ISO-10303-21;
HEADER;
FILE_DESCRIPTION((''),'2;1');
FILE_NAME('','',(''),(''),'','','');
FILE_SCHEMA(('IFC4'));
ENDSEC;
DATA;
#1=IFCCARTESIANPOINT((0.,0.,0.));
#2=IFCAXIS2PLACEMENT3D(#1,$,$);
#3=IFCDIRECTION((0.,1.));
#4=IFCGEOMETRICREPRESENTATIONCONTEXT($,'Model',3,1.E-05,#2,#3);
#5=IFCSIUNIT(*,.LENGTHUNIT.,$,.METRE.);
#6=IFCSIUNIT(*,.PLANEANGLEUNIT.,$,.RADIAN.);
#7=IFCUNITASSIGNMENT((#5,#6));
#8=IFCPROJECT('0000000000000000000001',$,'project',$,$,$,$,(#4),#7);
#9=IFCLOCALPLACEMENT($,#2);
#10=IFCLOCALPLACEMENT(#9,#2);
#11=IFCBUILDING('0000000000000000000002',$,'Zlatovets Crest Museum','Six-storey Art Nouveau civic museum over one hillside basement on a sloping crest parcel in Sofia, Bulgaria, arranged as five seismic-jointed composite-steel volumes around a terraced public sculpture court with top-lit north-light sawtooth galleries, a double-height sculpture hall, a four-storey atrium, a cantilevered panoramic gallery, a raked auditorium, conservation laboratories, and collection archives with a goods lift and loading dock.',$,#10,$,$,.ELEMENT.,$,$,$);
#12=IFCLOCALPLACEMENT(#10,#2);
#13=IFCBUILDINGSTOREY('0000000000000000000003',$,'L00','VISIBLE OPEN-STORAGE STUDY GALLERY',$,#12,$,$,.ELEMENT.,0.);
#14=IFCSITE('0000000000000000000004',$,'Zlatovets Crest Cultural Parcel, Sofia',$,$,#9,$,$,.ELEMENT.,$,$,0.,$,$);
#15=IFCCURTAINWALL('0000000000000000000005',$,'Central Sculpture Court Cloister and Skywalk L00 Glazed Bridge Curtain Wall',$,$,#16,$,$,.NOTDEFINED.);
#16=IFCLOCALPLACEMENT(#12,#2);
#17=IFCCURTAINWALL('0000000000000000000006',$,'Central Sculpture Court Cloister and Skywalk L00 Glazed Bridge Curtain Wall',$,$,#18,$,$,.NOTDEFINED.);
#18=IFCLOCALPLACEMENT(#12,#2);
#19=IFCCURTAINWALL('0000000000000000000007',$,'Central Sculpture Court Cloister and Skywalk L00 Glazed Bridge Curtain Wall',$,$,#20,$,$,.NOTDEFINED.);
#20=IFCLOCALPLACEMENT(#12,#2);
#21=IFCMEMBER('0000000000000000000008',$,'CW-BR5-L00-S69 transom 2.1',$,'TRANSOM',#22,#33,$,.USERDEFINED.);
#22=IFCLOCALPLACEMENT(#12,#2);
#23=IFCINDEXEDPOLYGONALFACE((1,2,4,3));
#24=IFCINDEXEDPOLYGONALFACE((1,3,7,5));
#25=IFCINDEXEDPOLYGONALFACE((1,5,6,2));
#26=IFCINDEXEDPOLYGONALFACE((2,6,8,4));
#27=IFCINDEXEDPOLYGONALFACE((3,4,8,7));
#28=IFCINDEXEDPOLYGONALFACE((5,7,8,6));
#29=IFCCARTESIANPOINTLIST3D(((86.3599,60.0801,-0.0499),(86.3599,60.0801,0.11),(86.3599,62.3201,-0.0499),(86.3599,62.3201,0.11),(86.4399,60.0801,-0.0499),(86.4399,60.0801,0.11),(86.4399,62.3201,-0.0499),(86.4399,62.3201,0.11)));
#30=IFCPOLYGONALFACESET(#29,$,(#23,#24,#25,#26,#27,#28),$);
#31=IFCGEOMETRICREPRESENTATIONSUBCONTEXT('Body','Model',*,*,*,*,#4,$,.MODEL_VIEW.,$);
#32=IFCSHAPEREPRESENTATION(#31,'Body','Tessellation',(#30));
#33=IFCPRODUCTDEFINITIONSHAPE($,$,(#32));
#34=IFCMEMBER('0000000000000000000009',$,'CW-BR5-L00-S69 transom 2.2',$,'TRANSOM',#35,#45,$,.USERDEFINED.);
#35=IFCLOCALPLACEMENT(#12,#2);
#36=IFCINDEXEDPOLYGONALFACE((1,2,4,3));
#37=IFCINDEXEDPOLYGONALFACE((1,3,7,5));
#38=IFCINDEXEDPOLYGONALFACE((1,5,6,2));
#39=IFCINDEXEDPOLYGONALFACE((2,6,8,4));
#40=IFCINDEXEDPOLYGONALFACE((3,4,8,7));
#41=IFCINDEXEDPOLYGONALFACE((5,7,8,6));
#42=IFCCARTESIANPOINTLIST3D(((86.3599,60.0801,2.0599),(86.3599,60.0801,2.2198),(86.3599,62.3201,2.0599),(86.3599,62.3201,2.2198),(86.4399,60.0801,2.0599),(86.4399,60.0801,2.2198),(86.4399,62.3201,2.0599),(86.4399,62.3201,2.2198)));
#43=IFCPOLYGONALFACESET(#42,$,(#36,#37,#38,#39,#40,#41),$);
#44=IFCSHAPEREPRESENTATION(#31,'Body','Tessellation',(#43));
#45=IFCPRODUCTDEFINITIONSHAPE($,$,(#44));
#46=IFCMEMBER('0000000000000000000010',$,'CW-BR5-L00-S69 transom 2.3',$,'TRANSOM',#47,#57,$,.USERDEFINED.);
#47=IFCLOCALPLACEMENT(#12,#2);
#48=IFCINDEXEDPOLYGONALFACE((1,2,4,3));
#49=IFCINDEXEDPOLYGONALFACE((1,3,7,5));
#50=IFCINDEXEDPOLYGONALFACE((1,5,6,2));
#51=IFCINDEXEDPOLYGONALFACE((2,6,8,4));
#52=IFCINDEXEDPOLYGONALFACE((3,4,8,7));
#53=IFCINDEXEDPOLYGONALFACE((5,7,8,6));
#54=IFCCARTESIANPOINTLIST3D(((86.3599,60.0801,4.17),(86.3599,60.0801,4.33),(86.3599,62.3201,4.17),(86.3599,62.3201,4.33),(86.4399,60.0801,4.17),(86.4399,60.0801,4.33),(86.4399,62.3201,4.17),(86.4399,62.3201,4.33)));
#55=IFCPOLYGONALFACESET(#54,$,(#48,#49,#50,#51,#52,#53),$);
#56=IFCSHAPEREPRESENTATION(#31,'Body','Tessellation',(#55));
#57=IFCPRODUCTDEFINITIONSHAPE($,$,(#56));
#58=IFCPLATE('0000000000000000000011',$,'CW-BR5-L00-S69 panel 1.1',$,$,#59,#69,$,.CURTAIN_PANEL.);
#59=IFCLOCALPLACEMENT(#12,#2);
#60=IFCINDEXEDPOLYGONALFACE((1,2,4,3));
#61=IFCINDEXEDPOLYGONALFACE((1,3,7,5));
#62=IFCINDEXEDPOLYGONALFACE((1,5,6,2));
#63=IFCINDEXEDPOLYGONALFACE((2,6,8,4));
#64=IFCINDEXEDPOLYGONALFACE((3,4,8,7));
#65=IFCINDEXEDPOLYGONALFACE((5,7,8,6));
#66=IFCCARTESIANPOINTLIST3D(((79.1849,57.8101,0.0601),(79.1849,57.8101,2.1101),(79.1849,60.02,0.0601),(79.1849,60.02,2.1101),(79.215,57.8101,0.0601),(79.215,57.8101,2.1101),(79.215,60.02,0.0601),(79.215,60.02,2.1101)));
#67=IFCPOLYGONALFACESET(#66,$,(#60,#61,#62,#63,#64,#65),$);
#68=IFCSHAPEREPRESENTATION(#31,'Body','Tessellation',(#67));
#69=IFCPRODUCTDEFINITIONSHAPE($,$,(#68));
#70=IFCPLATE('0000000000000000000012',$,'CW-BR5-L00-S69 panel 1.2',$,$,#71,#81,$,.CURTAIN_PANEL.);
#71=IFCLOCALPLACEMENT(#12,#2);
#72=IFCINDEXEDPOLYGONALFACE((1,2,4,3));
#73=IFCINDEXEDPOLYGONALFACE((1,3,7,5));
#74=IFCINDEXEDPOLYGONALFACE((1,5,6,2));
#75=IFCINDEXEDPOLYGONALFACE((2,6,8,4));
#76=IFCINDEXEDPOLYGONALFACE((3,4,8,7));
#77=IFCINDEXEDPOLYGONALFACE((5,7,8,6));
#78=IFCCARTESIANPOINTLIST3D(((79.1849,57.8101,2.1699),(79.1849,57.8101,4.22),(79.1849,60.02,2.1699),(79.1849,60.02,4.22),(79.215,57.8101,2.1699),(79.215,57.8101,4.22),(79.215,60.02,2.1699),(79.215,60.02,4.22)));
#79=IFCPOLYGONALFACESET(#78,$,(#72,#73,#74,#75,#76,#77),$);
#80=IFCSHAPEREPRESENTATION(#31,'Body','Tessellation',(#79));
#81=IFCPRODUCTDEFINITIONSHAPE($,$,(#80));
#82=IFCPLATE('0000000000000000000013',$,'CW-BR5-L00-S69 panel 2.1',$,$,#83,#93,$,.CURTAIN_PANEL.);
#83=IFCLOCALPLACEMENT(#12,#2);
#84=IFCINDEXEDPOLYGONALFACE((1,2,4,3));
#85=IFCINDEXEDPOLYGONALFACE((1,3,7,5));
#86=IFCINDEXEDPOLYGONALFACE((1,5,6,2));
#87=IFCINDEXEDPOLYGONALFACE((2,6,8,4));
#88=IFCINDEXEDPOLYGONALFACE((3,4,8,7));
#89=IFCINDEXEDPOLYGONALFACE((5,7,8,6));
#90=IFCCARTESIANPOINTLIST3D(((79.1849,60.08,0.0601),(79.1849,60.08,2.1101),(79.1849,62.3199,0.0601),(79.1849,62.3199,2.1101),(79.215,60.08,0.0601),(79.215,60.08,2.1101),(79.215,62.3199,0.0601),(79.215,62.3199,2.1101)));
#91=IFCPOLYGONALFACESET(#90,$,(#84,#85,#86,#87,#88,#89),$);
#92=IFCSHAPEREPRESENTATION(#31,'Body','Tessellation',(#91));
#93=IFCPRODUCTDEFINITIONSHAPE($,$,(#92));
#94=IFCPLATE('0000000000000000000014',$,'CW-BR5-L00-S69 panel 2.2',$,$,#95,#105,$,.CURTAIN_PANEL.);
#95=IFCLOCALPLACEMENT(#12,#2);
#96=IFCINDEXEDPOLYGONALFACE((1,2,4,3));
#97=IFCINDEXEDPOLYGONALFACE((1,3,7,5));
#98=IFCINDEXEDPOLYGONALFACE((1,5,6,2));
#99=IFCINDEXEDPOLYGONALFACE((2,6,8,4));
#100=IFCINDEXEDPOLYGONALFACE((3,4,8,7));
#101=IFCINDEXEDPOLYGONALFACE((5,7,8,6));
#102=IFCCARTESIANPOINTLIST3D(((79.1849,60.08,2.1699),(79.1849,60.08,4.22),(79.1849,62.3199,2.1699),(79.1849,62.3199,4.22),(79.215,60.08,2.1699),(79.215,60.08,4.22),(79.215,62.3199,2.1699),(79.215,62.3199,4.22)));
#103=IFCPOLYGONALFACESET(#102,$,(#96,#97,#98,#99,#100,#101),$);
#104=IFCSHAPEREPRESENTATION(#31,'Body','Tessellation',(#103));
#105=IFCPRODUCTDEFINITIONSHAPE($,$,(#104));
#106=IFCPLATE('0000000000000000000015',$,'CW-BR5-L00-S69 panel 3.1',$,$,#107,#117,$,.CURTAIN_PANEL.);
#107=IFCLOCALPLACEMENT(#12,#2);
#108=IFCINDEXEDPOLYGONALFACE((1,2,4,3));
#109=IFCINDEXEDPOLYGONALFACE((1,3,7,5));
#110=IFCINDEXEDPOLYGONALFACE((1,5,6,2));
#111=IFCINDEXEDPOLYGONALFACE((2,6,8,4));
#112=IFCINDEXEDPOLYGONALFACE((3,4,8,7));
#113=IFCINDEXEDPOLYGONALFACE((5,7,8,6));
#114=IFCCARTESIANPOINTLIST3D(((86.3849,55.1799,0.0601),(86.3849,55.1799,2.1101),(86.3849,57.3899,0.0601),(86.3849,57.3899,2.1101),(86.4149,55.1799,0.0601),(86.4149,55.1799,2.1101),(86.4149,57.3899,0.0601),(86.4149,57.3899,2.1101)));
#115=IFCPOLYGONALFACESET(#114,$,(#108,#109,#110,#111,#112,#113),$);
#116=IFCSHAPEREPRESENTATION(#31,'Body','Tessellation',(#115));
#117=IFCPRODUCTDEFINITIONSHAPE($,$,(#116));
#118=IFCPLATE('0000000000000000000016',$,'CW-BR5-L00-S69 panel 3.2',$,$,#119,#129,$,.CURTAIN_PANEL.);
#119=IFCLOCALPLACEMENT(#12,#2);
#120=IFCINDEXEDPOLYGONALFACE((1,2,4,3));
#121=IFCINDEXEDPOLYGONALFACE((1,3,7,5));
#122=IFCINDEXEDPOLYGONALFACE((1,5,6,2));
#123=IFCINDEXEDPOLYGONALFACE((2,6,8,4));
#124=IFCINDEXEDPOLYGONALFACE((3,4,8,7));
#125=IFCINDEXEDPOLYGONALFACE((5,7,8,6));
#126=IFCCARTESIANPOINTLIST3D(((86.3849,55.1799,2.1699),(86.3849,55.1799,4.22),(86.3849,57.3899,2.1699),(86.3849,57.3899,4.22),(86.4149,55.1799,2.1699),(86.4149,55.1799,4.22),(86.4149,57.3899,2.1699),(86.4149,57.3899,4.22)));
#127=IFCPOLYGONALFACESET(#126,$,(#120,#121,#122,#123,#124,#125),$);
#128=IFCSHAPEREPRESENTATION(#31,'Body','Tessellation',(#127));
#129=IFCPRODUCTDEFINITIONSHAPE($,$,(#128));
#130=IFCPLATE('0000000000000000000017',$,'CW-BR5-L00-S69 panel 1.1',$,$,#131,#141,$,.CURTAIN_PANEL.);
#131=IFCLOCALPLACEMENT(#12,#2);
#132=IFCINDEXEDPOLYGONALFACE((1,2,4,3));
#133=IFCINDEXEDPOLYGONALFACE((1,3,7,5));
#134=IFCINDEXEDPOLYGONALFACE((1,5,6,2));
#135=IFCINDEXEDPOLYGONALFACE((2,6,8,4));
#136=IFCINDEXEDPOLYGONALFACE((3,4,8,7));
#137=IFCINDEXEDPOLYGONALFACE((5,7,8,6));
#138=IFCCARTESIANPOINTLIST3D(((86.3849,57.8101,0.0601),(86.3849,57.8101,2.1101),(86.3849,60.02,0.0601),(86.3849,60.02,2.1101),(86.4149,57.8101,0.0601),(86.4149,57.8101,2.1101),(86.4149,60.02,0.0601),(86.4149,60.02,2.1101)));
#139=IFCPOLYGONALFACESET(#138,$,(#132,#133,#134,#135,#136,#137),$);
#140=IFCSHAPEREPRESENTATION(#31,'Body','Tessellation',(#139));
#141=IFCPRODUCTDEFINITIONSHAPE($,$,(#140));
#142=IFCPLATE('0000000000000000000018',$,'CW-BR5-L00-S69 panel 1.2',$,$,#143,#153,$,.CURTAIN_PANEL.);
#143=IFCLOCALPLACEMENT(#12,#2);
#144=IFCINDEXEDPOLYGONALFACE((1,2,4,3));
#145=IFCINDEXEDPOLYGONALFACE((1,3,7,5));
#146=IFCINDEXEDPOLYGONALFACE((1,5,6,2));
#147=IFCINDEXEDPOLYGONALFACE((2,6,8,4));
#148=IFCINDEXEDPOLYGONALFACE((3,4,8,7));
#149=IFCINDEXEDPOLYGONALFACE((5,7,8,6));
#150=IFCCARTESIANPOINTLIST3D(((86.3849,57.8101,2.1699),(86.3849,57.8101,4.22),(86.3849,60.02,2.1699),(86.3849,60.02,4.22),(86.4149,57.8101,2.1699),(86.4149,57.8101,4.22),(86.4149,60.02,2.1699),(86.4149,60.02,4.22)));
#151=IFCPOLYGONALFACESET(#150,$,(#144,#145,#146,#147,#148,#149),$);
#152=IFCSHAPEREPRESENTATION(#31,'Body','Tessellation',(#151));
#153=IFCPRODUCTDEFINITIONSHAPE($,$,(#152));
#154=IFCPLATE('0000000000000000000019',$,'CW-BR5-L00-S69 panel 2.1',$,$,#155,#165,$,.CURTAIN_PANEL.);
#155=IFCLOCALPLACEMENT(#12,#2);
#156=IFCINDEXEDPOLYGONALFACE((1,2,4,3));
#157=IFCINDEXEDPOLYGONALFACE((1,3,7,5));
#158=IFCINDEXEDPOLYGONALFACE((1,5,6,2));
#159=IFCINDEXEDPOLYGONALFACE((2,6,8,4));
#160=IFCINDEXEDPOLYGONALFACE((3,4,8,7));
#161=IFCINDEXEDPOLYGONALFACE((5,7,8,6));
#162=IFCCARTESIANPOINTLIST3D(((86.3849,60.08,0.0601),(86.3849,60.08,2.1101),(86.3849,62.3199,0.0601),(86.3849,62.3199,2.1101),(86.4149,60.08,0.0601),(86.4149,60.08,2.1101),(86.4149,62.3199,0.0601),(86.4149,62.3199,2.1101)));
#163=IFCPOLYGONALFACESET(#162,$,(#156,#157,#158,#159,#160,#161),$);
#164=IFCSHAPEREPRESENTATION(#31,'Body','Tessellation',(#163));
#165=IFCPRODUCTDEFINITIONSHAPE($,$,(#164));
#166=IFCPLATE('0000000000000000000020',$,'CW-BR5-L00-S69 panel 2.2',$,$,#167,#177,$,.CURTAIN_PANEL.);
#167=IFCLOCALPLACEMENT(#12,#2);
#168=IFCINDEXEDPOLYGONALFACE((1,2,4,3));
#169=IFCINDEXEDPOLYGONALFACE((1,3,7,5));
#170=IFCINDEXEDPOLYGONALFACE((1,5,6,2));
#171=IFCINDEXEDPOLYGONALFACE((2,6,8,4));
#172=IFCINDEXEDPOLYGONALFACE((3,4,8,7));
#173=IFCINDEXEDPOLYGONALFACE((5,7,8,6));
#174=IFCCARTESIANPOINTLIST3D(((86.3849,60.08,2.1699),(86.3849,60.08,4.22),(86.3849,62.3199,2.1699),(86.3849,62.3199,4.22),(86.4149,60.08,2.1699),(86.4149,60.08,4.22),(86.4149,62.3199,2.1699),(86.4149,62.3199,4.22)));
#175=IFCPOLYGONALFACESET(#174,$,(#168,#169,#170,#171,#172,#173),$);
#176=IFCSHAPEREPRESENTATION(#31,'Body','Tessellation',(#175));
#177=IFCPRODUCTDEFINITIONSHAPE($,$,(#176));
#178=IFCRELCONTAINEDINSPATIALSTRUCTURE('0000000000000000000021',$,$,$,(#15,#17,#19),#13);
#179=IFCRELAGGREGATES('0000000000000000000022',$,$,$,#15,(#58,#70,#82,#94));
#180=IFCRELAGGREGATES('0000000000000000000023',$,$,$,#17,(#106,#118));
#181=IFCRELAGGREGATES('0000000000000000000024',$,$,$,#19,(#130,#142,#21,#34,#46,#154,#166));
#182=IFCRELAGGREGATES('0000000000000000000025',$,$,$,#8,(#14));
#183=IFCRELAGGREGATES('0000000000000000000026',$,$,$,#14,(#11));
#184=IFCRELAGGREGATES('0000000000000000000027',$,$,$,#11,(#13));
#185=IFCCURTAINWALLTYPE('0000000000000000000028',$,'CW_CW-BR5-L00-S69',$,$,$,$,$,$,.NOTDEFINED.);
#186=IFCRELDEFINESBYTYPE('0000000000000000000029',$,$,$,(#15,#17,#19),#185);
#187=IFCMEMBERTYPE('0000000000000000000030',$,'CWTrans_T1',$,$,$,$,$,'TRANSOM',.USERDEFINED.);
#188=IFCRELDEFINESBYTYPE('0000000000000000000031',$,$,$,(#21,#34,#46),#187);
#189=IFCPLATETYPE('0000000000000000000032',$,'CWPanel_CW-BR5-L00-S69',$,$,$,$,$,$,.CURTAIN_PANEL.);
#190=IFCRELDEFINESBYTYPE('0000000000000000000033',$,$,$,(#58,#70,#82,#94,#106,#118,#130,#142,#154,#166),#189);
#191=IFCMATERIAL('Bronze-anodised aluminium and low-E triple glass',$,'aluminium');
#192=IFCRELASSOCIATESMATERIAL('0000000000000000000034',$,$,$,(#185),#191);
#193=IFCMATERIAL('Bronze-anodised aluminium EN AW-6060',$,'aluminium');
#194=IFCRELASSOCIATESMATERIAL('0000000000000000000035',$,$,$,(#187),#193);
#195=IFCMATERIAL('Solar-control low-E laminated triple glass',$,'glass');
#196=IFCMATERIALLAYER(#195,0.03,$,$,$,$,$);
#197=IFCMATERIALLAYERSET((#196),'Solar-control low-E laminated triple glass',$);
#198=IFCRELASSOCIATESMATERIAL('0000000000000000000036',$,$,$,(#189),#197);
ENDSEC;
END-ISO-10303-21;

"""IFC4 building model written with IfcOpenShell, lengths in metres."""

from ifc_helpers import new_model, si_unit, direction, frame, origin, origin_2d, place, context, subcontext, project, spatial, rectangle, extrude, material, layer, layer_set, material_profile, profile_set, type_object, element, aggregate, save


model = new_model("IFC4")

# Units and contexts
model_context = context("Model", 3, precision=1e-05, world=origin(), true_north=direction((0.0, 1.0)))
body_context = subcontext(model_context, "Body", "Model", "MODEL_VIEW")
ifc_project = project(units=[si_unit("LENGTHUNIT", "METRE"), si_unit("PLANEANGLEUNIT", "RADIAN")], contexts=[model_context])

# Site, building, storey
site_placement = place(None, origin())
site = spatial("IfcSite", under=ifc_project, at=site_placement, Name="Zlatovets Crest Cultural Parcel, Sofia", CompositionType="ELEMENT", RefElevation=0.0)
building_placement = place(site_placement, origin())
building = spatial("IfcBuilding", under=site, at=building_placement, Name="Zlatovets Crest Museum", Description="Six-storey Art Nouveau civic museum over one hillside basement on a sloping crest parcel in Sofia, Bulgaria, arranged as five seismic-jointed composite-steel volumes around a terraced public sculpture court with top-lit north-light sawtooth galleries, a double-height sculpture hall, a four-storey atrium, a cantilevered panoramic gallery, a raked auditorium, conservation laboratories, and collection archives with a goods lift and loading dock.", CompositionType="ELEMENT")
storey_placement = place(building_placement, origin())
storey = spatial("IfcBuildingStorey", under=building, at=storey_placement, Name="L00", Description="VISIBLE OPEN-STORAGE STUDY GALLERY", CompositionType="ELEMENT", Elevation=0.0)

# Shared definitions
ifc_material_1 = material(Name="Bronze-anodised aluminium and low-E triple glass", Category="aluminium")
curtain_wall_type = type_object("IfcCurtainWallType", Name="CW_CW-BR5-L00-S69", PredefinedType="NOTDEFINED", material=ifc_material_1)
ifc_material_2 = material(Name="Bronze-anodised aluminium EN AW-6060", Category="aluminium")

# Curtain wall
curtain_wall_1_placement = place(storey_placement, origin())
curtain_wall_1 = element("IfcCurtainWall", 1, at=curtain_wall_1_placement, inside=storey, type_object=curtain_wall_type, Name="Central Sculpture Court Cloister and Skywalk L00 Glazed Bridge Curtain Wall", PredefinedType="NOTDEFINED")

# Curtain wall
curtain_wall_2_placement = place(storey_placement, origin())
curtain_wall_2 = element("IfcCurtainWall", 2, at=curtain_wall_2_placement, inside=storey, type_object=curtain_wall_type, Name="Central Sculpture Court Cloister and Skywalk L00 Glazed Bridge Curtain Wall", PredefinedType="NOTDEFINED")

# Curtain wall
curtain_wall_3_placement = place(storey_placement, origin())
curtain_wall_3 = element("IfcCurtainWall", 3, at=curtain_wall_3_placement, inside=storey, type_object=curtain_wall_type, Name="Central Sculpture Court Cloister and Skywalk L00 Glazed Bridge Curtain Wall", PredefinedType="NOTDEFINED")

# Members
ifc_material_profile_1 = material_profile(ifc_material_2, rectangle(XDim=0.0801, YDim=0.1599, at=origin_2d()), Name="ALU 80x160")
ifc_profile_set_1 = profile_set([ifc_material_profile_1], Name="Bronze-anodised aluminium EN AW-6060")
member_type_1 = type_object("IfcMemberType", Name="CWTrans_T1", ElementType="TRANSOM", PredefinedType="USERDEFINED", material=ifc_profile_set_1)
member_1_placement = place(storey_placement, frame((86.3999, 60.0801, 0.03), z_axis=(0.0, 1.0, 0.0), x_axis=(-1.0, 0.0, 0.0)))
member_1 = element("IfcMember", 4, at=member_1_placement, type_object=member_type_1, Name="CW-BR5-L00-S69 transom 2.1", ObjectType="TRANSOM", PredefinedType="USERDEFINED", context=body_context, shape_type="SweptSolid", body=[
    extrude(rectangle(XDim=0.0801, YDim=0.1599, at=origin_2d()), origin(), (0.0, 0.0, 1.0), 2.24),
])
member_2_placement = place(storey_placement, frame((86.3999, 60.0801, 2.1399), z_axis=(0.0, 1.0, 0.0), x_axis=(-1.0, 0.0, 0.0)))
member_2 = element("IfcMember", 5, at=member_2_placement, type_object=member_type_1, Name="CW-BR5-L00-S69 transom 2.2", ObjectType="TRANSOM", PredefinedType="USERDEFINED", context=body_context, shape_type="SweptSolid", body=[
    extrude(rectangle(XDim=0.0801, YDim=0.1599, at=origin_2d()), origin(), (0.0, 0.0, 1.0), 2.24),
])
member_3_placement = place(storey_placement, frame((86.3999, 60.0801, 4.25), z_axis=(0.0, 1.0, 0.0), x_axis=(-1.0, 0.0, 0.0)))
member_3 = element("IfcMember", 6, at=member_3_placement, type_object=member_type_1, Name="CW-BR5-L00-S69 transom 2.3", ObjectType="TRANSOM", PredefinedType="USERDEFINED", context=body_context, shape_type="SweptSolid", body=[
    extrude(rectangle(XDim=0.0801, YDim=0.1599, at=origin_2d()), origin(), (0.0, 0.0, 1.0), 2.24),
])

# Plates
ifc_material_3 = material(Name="Solar-control low-E laminated triple glass", Category="glass")
ifc_layer = layer(ifc_material_3, 0.03)
ifc_layer_set = layer_set([ifc_layer], Name="Solar-control low-E laminated triple glass")
plate_type = type_object("IfcPlateType", Name="CWPanel_CW-BR5-L00-S69", PredefinedType="CURTAIN_PANEL", material=ifc_layer_set)
plate_1_placement = place(storey_placement, frame((79.2, 58.915, 0.0601), z_axis=(0.0, 0.0, 1.0), x_axis=(0.0, 1.0, 0.0)))
plate_1 = element("IfcPlate", 7, at=plate_1_placement, type_object=plate_type, Name="CW-BR5-L00-S69 panel 1.1", PredefinedType="CURTAIN_PANEL", context=body_context, shape_type="SweptSolid", body=[
    extrude(rectangle(XDim=2.21, YDim=0.03, at=origin_2d()), origin(), (0.0, 0.0, 1.0), 2.05),
])
plate_2_placement = place(storey_placement, frame((79.2, 58.915, 2.1699), z_axis=(0.0, 0.0, 1.0), x_axis=(0.0, 1.0, 0.0)))
plate_2 = element("IfcPlate", 8, at=plate_2_placement, type_object=plate_type, Name="CW-BR5-L00-S69 panel 1.2", PredefinedType="CURTAIN_PANEL", context=body_context, shape_type="SweptSolid", body=[
    extrude(rectangle(XDim=2.21, YDim=0.03, at=origin_2d()), origin(), (0.0, 0.0, 1.0), 2.05),
])
plate_3_placement = place(storey_placement, frame((79.2, 61.2, 0.0601), z_axis=(0.0, 0.0, 1.0), x_axis=(0.0, 1.0, 0.0)))
plate_3 = element("IfcPlate", 9, at=plate_3_placement, type_object=plate_type, Name="CW-BR5-L00-S69 panel 2.1", PredefinedType="CURTAIN_PANEL", context=body_context, shape_type="SweptSolid", body=[
    extrude(rectangle(XDim=2.24, YDim=0.03, at=origin_2d()), origin(), (0.0, 0.0, 1.0), 2.05),
])
plate_4_placement = place(storey_placement, frame((79.2, 61.2, 2.1699), z_axis=(0.0, 0.0, 1.0), x_axis=(0.0, 1.0, 0.0)))
plate_4 = element("IfcPlate", 10, at=plate_4_placement, type_object=plate_type, Name="CW-BR5-L00-S69 panel 2.2", PredefinedType="CURTAIN_PANEL", context=body_context, shape_type="SweptSolid", body=[
    extrude(rectangle(XDim=2.24, YDim=0.03, at=origin_2d()), origin(), (0.0, 0.0, 1.0), 2.05),
])
aggregate(curtain_wall_1, [plate_1, plate_2, plate_3, plate_4])
plate_5_placement = place(storey_placement, frame((86.3999, 56.2849, 0.0601), z_axis=(0.0, 0.0, 1.0), x_axis=(0.0, 1.0, 0.0)))
plate_5 = element("IfcPlate", 11, at=plate_5_placement, type_object=plate_type, Name="CW-BR5-L00-S69 panel 3.1", PredefinedType="CURTAIN_PANEL", context=body_context, shape_type="SweptSolid", body=[
    extrude(rectangle(XDim=2.21, YDim=0.03, at=origin_2d()), origin(), (0.0, 0.0, 1.0), 2.05),
])
plate_6_placement = place(storey_placement, frame((86.3999, 56.2849, 2.1699), z_axis=(0.0, 0.0, 1.0), x_axis=(0.0, 1.0, 0.0)))
plate_6 = element("IfcPlate", 12, at=plate_6_placement, type_object=plate_type, Name="CW-BR5-L00-S69 panel 3.2", PredefinedType="CURTAIN_PANEL", context=body_context, shape_type="SweptSolid", body=[
    extrude(rectangle(XDim=2.21, YDim=0.03, at=origin_2d()), origin(), (0.0, 0.0, 1.0), 2.05),
])
aggregate(curtain_wall_2, [plate_5, plate_6])
plate_7_placement = place(storey_placement, frame((86.3999, 58.915, 0.0601), z_axis=(0.0, 0.0, 1.0), x_axis=(0.0, 1.0, 0.0)))
plate_7 = element("IfcPlate", 13, at=plate_7_placement, type_object=plate_type, Name="CW-BR5-L00-S69 panel 1.1", PredefinedType="CURTAIN_PANEL", context=body_context, shape_type="SweptSolid", body=[
    extrude(rectangle(XDim=2.21, YDim=0.03, at=origin_2d()), origin(), (0.0, 0.0, 1.0), 2.05),
])
plate_8_placement = place(storey_placement, frame((86.3999, 58.915, 2.1699), z_axis=(0.0, 0.0, 1.0), x_axis=(0.0, 1.0, 0.0)))
plate_8 = element("IfcPlate", 14, at=plate_8_placement, type_object=plate_type, Name="CW-BR5-L00-S69 panel 1.2", PredefinedType="CURTAIN_PANEL", context=body_context, shape_type="SweptSolid", body=[
    extrude(rectangle(XDim=2.21, YDim=0.03, at=origin_2d()), origin(), (0.0, 0.0, 1.0), 2.05),
])
plate_9_placement = place(storey_placement, frame((86.3999, 61.2, 0.0601), z_axis=(0.0, 0.0, 1.0), x_axis=(0.0, 1.0, 0.0)))
plate_9 = element("IfcPlate", 15, at=plate_9_placement, type_object=plate_type, Name="CW-BR5-L00-S69 panel 2.1", PredefinedType="CURTAIN_PANEL", context=body_context, shape_type="SweptSolid", body=[
    extrude(rectangle(XDim=2.24, YDim=0.03, at=origin_2d()), origin(), (0.0, 0.0, 1.0), 2.05),
])
plate_10_placement = place(storey_placement, frame((86.3999, 61.2, 2.1699), z_axis=(0.0, 0.0, 1.0), x_axis=(0.0, 1.0, 0.0)))
plate_10 = element("IfcPlate", 16, at=plate_10_placement, type_object=plate_type, Name="CW-BR5-L00-S69 panel 2.2", PredefinedType="CURTAIN_PANEL", context=body_context, shape_type="SweptSolid", body=[
    extrude(rectangle(XDim=2.24, YDim=0.03, at=origin_2d()), origin(), (0.0, 0.0, 1.0), 2.05),
])
aggregate(curtain_wall_3, [plate_7, plate_8, member_1, member_2, member_3, plate_9, plate_10])

save(model, "model.ifc")
